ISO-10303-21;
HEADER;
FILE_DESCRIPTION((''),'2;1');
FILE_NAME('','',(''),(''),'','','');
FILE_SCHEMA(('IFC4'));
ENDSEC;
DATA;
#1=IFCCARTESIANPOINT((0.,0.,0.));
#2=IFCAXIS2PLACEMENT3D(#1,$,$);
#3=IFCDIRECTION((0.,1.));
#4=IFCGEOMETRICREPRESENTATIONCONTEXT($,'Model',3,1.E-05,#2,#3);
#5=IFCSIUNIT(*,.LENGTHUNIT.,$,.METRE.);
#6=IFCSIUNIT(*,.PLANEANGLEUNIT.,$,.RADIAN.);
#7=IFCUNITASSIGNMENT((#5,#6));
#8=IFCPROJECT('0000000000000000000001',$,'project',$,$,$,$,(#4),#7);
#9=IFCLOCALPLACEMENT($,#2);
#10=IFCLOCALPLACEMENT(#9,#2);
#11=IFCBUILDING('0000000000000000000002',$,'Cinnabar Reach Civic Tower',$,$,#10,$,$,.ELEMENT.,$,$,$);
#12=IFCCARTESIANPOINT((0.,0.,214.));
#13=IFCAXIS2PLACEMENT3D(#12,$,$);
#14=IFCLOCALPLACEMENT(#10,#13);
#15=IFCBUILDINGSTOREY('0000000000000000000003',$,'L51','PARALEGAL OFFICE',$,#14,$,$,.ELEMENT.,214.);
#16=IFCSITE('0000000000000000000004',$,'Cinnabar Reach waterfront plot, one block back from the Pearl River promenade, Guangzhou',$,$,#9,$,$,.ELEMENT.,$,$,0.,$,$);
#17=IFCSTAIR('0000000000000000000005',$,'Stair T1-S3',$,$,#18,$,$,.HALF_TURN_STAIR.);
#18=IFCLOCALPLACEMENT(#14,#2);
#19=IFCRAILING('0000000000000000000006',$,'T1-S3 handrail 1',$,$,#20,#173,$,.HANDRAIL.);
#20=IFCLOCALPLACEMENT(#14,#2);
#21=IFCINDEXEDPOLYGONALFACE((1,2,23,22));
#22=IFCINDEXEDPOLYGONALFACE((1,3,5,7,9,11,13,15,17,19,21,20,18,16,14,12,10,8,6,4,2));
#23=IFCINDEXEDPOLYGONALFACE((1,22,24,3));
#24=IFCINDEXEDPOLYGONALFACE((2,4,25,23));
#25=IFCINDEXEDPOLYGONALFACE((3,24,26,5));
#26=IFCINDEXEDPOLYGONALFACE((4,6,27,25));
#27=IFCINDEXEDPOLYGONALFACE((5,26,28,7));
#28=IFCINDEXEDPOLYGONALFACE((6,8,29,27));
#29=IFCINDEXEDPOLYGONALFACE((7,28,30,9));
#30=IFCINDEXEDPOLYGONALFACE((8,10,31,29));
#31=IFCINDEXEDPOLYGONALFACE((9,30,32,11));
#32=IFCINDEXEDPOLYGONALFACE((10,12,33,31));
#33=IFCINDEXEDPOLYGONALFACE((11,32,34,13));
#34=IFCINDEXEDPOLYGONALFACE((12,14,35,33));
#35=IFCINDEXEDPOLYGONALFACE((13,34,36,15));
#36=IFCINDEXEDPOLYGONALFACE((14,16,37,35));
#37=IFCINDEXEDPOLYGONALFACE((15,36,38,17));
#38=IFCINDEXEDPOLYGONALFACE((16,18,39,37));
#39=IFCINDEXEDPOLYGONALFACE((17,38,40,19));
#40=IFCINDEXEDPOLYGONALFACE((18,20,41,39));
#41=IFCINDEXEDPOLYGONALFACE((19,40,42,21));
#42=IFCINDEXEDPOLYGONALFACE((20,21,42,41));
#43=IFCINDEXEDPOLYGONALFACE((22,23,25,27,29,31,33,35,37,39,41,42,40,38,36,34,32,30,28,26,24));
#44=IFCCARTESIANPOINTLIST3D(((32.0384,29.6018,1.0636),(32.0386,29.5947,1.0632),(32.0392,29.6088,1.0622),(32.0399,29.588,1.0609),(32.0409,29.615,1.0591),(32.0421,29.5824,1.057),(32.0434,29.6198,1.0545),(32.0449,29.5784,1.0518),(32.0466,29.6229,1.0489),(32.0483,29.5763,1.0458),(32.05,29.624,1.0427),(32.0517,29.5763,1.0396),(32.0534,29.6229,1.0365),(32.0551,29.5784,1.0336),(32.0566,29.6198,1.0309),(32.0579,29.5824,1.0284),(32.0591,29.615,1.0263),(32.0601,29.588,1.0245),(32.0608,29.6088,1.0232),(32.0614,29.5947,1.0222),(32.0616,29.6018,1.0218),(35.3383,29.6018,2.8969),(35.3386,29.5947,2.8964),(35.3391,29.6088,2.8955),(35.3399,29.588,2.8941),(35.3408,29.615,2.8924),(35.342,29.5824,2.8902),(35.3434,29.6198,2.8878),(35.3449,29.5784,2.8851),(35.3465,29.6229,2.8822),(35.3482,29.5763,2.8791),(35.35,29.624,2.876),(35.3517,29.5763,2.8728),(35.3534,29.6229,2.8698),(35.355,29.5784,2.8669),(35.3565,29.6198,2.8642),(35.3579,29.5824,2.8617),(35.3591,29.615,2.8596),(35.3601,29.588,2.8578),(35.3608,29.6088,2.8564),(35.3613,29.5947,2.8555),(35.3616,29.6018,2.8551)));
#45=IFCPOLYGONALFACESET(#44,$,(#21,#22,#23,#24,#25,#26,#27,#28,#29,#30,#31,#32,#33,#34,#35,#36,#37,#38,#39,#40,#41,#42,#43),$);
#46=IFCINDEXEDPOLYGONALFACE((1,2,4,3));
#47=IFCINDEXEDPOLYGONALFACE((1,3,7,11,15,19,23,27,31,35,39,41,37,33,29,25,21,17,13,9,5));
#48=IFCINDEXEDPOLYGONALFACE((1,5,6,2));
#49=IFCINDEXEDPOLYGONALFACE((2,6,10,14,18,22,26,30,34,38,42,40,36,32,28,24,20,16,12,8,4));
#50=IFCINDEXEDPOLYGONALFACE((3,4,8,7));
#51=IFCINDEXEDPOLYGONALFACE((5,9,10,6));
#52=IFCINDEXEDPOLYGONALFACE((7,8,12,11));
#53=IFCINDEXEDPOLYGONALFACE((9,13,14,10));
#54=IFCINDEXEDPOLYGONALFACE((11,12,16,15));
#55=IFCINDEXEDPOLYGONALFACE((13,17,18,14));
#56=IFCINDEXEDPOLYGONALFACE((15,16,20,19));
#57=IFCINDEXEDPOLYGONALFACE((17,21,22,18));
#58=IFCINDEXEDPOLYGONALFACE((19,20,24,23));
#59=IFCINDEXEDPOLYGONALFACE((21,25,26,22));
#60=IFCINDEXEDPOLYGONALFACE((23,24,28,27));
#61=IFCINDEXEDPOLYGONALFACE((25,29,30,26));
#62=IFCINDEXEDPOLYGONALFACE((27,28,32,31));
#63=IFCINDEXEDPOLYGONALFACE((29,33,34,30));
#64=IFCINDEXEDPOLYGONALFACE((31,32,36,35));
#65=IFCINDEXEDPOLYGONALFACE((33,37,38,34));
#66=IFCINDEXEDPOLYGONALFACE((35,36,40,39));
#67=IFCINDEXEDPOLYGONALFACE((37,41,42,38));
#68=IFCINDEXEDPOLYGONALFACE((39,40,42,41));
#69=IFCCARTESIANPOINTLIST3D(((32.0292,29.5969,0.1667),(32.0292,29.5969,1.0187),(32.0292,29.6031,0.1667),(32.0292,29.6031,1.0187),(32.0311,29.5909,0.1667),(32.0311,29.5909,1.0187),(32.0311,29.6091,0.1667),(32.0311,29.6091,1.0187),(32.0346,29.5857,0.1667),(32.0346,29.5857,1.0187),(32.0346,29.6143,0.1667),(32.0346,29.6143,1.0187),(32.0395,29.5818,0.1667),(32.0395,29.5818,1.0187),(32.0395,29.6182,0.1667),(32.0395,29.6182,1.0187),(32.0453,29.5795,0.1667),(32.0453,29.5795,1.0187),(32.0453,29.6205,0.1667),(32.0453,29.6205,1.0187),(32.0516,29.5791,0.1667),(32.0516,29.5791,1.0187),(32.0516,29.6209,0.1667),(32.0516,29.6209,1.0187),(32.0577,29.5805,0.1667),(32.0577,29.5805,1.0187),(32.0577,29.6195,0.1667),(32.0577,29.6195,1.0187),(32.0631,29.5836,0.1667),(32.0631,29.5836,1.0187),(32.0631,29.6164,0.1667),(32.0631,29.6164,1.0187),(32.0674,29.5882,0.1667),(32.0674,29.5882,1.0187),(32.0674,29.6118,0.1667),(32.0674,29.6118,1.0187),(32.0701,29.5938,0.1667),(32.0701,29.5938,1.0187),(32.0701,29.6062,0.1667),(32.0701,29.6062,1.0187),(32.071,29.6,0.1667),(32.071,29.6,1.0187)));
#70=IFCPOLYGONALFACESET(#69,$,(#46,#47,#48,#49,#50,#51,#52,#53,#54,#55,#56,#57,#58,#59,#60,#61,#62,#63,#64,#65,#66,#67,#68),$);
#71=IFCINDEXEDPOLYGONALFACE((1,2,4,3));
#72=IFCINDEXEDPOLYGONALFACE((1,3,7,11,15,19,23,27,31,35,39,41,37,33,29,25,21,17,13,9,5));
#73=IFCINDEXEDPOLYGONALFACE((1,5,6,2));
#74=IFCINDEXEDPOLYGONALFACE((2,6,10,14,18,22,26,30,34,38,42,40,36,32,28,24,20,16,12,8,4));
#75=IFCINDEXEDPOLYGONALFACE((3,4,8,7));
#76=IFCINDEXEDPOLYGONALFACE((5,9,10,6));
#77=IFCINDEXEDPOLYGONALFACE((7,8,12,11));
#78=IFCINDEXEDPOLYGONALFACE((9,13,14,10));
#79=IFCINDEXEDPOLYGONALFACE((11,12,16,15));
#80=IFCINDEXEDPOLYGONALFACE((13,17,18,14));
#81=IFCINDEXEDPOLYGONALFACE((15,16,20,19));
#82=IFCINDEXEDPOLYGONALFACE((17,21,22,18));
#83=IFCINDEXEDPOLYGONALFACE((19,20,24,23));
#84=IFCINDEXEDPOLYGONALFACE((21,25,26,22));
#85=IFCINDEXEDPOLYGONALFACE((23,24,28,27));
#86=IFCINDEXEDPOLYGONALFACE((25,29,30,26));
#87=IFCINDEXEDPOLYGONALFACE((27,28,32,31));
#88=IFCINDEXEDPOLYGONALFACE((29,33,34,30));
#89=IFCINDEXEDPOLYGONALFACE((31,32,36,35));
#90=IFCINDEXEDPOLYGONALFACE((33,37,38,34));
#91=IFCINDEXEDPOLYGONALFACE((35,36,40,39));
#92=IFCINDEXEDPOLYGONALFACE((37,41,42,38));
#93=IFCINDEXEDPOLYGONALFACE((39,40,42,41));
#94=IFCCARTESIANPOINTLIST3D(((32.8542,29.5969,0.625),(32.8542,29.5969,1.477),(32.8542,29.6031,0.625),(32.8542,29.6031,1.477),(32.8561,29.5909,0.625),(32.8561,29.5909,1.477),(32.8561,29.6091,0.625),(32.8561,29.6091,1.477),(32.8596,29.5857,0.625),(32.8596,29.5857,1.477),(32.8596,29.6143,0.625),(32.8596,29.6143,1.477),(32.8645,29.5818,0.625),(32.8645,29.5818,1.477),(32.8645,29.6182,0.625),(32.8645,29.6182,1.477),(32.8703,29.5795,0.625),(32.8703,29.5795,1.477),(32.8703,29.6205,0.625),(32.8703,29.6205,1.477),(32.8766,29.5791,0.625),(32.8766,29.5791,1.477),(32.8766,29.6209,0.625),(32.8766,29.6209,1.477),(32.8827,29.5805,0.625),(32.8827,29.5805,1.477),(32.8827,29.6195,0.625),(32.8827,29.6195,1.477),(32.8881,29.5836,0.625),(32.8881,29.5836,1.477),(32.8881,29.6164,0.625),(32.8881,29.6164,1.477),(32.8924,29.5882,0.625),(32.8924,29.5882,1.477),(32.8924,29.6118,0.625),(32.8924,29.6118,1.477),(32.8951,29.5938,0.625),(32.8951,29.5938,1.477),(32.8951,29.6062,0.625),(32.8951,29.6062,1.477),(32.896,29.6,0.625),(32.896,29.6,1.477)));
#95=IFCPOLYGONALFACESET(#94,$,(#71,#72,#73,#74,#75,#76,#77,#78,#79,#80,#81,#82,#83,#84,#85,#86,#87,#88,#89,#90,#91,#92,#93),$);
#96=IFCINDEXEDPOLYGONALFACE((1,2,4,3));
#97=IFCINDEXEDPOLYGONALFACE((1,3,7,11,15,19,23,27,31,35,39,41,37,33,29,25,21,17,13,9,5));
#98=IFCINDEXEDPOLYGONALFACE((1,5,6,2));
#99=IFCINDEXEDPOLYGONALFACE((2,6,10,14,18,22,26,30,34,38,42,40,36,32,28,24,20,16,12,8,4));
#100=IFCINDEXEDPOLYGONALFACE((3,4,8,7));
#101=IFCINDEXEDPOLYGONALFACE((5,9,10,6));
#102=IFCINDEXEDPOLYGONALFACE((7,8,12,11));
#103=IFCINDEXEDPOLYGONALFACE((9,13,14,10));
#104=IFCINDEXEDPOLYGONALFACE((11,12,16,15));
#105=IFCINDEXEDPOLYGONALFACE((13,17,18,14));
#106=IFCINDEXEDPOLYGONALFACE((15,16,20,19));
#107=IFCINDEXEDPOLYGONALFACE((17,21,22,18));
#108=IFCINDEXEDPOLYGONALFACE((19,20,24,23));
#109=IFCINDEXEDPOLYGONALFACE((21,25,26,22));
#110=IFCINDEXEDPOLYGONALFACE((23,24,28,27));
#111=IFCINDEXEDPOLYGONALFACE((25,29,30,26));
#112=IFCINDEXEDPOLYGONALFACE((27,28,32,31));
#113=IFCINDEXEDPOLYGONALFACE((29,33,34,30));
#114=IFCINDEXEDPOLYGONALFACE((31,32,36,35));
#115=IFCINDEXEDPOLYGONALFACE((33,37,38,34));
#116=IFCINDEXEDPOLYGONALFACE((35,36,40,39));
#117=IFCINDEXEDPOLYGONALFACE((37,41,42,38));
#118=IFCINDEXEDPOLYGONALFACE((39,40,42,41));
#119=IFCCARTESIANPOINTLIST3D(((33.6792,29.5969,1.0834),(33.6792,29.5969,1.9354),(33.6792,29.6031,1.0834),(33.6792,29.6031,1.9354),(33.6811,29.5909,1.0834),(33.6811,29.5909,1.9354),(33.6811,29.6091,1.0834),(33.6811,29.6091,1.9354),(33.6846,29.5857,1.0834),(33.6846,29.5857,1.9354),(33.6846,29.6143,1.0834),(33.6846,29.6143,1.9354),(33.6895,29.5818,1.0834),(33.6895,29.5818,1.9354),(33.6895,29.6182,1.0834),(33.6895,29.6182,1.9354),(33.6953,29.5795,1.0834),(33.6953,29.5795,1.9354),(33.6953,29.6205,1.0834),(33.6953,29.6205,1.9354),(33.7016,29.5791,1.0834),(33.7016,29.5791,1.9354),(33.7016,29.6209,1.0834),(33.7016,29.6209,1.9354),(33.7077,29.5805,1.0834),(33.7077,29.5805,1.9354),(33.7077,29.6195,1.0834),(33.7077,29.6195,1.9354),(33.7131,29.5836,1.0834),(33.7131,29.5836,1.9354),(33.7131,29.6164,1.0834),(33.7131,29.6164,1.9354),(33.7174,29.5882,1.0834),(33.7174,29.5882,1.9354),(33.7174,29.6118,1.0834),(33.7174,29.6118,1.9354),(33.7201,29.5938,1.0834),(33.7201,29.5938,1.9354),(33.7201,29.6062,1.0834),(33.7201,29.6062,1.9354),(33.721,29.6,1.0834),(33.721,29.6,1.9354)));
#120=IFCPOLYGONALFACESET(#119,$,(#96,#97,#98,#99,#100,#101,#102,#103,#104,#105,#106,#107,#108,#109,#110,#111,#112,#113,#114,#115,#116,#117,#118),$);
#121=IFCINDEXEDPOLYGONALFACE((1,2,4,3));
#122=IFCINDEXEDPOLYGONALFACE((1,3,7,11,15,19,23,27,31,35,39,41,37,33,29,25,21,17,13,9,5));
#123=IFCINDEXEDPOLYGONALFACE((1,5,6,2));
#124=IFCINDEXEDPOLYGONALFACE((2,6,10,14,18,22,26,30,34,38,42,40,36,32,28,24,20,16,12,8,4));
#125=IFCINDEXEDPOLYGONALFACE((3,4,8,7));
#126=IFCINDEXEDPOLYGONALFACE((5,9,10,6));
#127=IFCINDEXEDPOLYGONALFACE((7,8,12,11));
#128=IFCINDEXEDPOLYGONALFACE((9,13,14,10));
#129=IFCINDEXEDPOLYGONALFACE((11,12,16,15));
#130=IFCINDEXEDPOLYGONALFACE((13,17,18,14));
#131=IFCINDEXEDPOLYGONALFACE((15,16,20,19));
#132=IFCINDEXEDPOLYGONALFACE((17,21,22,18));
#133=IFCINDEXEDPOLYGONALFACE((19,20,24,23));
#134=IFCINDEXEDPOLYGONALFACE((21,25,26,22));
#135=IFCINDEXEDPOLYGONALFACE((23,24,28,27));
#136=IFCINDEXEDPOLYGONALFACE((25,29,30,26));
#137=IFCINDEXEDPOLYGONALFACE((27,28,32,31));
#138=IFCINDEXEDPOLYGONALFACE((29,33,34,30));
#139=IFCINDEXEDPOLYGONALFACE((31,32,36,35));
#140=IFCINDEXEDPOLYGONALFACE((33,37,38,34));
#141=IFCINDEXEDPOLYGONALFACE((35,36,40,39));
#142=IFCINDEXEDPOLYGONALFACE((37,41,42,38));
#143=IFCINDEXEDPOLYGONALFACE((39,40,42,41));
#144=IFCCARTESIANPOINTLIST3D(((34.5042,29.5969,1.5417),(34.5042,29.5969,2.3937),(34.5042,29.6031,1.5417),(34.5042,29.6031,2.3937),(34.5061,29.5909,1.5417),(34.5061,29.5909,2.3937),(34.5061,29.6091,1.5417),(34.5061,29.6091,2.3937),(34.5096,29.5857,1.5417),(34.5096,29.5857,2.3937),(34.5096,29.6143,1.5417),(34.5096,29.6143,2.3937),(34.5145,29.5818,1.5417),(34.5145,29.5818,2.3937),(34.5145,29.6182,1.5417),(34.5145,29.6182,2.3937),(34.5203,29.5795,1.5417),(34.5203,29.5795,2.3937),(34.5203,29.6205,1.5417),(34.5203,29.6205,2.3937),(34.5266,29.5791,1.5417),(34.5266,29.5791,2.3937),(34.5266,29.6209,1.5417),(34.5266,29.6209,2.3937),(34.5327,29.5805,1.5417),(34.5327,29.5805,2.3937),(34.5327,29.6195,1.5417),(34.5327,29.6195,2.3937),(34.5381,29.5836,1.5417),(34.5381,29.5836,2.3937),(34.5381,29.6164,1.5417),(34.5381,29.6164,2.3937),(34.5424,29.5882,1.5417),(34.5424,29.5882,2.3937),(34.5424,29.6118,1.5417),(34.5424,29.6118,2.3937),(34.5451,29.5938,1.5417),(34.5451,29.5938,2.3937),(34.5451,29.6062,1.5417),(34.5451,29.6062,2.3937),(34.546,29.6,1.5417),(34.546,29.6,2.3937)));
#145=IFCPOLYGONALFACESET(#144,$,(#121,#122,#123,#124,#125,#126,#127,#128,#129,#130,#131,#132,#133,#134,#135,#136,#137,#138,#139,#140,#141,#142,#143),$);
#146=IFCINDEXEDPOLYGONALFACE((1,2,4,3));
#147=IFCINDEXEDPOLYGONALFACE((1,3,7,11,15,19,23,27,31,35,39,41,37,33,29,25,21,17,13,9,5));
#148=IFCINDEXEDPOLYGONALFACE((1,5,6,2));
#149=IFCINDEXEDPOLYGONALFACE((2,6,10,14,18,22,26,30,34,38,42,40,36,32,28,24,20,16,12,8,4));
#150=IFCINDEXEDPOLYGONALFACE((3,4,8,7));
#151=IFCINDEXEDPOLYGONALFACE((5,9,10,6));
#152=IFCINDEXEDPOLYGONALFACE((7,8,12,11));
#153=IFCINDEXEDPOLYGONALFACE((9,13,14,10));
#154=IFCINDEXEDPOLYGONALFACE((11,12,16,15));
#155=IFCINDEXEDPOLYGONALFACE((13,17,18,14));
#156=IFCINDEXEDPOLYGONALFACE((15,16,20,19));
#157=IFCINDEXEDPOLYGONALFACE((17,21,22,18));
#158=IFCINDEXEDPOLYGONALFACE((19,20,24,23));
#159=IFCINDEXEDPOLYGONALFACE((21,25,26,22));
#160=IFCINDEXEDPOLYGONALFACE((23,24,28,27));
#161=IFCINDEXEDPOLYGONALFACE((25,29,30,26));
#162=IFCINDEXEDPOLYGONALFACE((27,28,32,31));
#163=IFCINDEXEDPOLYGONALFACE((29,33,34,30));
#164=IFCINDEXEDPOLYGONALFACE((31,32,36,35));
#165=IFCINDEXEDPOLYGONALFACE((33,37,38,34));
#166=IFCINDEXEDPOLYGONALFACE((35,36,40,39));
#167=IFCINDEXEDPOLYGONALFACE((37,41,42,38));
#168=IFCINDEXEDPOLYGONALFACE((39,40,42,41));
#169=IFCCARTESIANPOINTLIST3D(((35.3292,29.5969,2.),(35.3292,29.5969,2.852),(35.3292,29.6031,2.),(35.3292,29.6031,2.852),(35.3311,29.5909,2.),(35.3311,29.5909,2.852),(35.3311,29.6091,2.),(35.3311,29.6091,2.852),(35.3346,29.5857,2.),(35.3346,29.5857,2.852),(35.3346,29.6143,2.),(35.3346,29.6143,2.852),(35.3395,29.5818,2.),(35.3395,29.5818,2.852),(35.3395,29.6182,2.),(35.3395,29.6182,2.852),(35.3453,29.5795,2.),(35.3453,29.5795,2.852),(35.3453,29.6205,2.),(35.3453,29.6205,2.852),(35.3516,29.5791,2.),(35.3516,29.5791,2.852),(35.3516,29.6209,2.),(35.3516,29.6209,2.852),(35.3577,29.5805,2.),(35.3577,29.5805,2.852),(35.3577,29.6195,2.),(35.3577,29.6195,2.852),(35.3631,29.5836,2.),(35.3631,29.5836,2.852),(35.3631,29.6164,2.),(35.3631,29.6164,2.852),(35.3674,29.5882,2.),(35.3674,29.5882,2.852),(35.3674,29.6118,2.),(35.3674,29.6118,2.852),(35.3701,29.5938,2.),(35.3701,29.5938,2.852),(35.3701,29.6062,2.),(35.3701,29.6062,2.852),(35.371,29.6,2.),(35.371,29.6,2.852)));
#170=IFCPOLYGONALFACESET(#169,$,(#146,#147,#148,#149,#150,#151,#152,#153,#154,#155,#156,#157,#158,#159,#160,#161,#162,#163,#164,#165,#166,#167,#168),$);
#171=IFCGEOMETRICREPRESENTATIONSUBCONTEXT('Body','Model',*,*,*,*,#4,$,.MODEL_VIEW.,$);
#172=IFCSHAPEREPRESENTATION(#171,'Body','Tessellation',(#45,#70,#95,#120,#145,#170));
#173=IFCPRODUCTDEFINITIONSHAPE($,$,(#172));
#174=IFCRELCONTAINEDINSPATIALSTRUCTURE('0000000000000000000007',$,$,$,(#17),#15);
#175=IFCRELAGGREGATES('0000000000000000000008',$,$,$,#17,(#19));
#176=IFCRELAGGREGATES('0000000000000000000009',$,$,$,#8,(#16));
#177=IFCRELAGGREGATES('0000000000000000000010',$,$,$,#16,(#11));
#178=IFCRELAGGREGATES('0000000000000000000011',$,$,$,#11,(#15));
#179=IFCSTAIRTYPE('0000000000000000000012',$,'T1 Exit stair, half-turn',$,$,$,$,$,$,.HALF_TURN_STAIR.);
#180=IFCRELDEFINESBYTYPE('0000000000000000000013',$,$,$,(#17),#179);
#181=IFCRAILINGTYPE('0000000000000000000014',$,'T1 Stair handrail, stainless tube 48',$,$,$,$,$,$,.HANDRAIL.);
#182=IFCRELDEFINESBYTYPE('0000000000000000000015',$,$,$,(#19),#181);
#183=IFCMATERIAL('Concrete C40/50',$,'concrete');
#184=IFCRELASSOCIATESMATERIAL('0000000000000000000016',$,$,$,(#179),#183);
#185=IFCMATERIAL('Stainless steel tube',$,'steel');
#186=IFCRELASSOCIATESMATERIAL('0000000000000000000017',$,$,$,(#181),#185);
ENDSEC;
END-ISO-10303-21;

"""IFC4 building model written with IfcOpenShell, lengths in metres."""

from ifc_helpers import new_model, si_unit, direction, frame, origin, origin_2d, place, context, subcontext, project, spatial, circle, extrude, material, type_object, element, aggregate, save


model = new_model("IFC4")

# Units and contexts
model_context = context("Model", 3, precision=1e-05, world=origin(), true_north=direction((0.0, 1.0)))
body_context = subcontext(model_context, "Body", "Model", "MODEL_VIEW")
ifc_project = project(units=[si_unit("LENGTHUNIT", "METRE"), si_unit("PLANEANGLEUNIT", "RADIAN")], contexts=[model_context])

# Site, building, storey
site_placement = place(None, origin())
site = spatial("IfcSite", under=ifc_project, at=site_placement, Name="Cinnabar Reach waterfront plot, one block back from the Pearl River promenade, Guangzhou", CompositionType="ELEMENT", RefElevation=0.0)
building_placement = place(site_placement, origin())
building = spatial("IfcBuilding", under=site, at=building_placement, Name="Cinnabar Reach Civic Tower", CompositionType="ELEMENT")
storey_placement = place(building_placement, frame((0.0, 0.0, 214.0)))
storey = spatial("IfcBuildingStorey", under=building, at=storey_placement, Name="L51", Description="PARALEGAL OFFICE", CompositionType="ELEMENT", Elevation=214.0)

# Stair, railing
ifc_material_1 = material(Name="Concrete C40/50", Category="concrete")
stair_type = type_object("IfcStairType", Name="T1 Exit stair, half-turn", PredefinedType="HALF_TURN_STAIR", material=ifc_material_1)
stair_placement = place(storey_placement, origin())
stair = element("IfcStair", 1, at=stair_placement, inside=storey, type_object=stair_type, Name="Stair T1-S3", PredefinedType="HALF_TURN_STAIR")
ifc_material_2 = material(Name="Stainless steel tube", Category="steel")
railing_type = type_object("IfcRailingType", Name="T1 Stair handrail, stainless tube 48", PredefinedType="HANDRAIL", material=ifc_material_2)
railing_placement = place(storey_placement, frame((32.05, 29.6, 0.1667)))
railing = element("IfcRailing", 2, at=railing_placement, type_object=railing_type, Name="T1-S3 handrail 1", PredefinedType="HANDRAIL", context=body_context, shape_type="SweptSolid", body=[
    extrude(circle(Radius=0.024, at=origin_2d()), frame((0.0, 0.0, 0.876), z_axis=(0.874161, 0.0, 0.485636), x_axis=(0.0, 1.0, 0.0)), (0.0, 0.0, 1.0), 3.775),
    extrude(circle(Radius=0.021, at=origin_2d()), origin(), (0.0, 0.0, 1.0), 0.852),
    extrude(circle(Radius=0.021, at=origin_2d()), frame((0.825, 0.0, 0.4583)), (0.0, 0.0, 1.0), 0.852),
    extrude(circle(Radius=0.021, at=origin_2d()), frame((1.65, 0.0, 0.9167)), (0.0, 0.0, 1.0), 0.852),
    extrude(circle(Radius=0.021, at=origin_2d()), frame((2.475, 0.0, 1.375)), (0.0, 0.0, 1.0), 0.852),
    extrude(circle(Radius=0.021, at=origin_2d()), frame((3.3, 0.0, 1.8333)), (0.0, 0.0, 1.0), 0.852),
])
aggregate(stair, [railing])

save(model, "model.ifc")
